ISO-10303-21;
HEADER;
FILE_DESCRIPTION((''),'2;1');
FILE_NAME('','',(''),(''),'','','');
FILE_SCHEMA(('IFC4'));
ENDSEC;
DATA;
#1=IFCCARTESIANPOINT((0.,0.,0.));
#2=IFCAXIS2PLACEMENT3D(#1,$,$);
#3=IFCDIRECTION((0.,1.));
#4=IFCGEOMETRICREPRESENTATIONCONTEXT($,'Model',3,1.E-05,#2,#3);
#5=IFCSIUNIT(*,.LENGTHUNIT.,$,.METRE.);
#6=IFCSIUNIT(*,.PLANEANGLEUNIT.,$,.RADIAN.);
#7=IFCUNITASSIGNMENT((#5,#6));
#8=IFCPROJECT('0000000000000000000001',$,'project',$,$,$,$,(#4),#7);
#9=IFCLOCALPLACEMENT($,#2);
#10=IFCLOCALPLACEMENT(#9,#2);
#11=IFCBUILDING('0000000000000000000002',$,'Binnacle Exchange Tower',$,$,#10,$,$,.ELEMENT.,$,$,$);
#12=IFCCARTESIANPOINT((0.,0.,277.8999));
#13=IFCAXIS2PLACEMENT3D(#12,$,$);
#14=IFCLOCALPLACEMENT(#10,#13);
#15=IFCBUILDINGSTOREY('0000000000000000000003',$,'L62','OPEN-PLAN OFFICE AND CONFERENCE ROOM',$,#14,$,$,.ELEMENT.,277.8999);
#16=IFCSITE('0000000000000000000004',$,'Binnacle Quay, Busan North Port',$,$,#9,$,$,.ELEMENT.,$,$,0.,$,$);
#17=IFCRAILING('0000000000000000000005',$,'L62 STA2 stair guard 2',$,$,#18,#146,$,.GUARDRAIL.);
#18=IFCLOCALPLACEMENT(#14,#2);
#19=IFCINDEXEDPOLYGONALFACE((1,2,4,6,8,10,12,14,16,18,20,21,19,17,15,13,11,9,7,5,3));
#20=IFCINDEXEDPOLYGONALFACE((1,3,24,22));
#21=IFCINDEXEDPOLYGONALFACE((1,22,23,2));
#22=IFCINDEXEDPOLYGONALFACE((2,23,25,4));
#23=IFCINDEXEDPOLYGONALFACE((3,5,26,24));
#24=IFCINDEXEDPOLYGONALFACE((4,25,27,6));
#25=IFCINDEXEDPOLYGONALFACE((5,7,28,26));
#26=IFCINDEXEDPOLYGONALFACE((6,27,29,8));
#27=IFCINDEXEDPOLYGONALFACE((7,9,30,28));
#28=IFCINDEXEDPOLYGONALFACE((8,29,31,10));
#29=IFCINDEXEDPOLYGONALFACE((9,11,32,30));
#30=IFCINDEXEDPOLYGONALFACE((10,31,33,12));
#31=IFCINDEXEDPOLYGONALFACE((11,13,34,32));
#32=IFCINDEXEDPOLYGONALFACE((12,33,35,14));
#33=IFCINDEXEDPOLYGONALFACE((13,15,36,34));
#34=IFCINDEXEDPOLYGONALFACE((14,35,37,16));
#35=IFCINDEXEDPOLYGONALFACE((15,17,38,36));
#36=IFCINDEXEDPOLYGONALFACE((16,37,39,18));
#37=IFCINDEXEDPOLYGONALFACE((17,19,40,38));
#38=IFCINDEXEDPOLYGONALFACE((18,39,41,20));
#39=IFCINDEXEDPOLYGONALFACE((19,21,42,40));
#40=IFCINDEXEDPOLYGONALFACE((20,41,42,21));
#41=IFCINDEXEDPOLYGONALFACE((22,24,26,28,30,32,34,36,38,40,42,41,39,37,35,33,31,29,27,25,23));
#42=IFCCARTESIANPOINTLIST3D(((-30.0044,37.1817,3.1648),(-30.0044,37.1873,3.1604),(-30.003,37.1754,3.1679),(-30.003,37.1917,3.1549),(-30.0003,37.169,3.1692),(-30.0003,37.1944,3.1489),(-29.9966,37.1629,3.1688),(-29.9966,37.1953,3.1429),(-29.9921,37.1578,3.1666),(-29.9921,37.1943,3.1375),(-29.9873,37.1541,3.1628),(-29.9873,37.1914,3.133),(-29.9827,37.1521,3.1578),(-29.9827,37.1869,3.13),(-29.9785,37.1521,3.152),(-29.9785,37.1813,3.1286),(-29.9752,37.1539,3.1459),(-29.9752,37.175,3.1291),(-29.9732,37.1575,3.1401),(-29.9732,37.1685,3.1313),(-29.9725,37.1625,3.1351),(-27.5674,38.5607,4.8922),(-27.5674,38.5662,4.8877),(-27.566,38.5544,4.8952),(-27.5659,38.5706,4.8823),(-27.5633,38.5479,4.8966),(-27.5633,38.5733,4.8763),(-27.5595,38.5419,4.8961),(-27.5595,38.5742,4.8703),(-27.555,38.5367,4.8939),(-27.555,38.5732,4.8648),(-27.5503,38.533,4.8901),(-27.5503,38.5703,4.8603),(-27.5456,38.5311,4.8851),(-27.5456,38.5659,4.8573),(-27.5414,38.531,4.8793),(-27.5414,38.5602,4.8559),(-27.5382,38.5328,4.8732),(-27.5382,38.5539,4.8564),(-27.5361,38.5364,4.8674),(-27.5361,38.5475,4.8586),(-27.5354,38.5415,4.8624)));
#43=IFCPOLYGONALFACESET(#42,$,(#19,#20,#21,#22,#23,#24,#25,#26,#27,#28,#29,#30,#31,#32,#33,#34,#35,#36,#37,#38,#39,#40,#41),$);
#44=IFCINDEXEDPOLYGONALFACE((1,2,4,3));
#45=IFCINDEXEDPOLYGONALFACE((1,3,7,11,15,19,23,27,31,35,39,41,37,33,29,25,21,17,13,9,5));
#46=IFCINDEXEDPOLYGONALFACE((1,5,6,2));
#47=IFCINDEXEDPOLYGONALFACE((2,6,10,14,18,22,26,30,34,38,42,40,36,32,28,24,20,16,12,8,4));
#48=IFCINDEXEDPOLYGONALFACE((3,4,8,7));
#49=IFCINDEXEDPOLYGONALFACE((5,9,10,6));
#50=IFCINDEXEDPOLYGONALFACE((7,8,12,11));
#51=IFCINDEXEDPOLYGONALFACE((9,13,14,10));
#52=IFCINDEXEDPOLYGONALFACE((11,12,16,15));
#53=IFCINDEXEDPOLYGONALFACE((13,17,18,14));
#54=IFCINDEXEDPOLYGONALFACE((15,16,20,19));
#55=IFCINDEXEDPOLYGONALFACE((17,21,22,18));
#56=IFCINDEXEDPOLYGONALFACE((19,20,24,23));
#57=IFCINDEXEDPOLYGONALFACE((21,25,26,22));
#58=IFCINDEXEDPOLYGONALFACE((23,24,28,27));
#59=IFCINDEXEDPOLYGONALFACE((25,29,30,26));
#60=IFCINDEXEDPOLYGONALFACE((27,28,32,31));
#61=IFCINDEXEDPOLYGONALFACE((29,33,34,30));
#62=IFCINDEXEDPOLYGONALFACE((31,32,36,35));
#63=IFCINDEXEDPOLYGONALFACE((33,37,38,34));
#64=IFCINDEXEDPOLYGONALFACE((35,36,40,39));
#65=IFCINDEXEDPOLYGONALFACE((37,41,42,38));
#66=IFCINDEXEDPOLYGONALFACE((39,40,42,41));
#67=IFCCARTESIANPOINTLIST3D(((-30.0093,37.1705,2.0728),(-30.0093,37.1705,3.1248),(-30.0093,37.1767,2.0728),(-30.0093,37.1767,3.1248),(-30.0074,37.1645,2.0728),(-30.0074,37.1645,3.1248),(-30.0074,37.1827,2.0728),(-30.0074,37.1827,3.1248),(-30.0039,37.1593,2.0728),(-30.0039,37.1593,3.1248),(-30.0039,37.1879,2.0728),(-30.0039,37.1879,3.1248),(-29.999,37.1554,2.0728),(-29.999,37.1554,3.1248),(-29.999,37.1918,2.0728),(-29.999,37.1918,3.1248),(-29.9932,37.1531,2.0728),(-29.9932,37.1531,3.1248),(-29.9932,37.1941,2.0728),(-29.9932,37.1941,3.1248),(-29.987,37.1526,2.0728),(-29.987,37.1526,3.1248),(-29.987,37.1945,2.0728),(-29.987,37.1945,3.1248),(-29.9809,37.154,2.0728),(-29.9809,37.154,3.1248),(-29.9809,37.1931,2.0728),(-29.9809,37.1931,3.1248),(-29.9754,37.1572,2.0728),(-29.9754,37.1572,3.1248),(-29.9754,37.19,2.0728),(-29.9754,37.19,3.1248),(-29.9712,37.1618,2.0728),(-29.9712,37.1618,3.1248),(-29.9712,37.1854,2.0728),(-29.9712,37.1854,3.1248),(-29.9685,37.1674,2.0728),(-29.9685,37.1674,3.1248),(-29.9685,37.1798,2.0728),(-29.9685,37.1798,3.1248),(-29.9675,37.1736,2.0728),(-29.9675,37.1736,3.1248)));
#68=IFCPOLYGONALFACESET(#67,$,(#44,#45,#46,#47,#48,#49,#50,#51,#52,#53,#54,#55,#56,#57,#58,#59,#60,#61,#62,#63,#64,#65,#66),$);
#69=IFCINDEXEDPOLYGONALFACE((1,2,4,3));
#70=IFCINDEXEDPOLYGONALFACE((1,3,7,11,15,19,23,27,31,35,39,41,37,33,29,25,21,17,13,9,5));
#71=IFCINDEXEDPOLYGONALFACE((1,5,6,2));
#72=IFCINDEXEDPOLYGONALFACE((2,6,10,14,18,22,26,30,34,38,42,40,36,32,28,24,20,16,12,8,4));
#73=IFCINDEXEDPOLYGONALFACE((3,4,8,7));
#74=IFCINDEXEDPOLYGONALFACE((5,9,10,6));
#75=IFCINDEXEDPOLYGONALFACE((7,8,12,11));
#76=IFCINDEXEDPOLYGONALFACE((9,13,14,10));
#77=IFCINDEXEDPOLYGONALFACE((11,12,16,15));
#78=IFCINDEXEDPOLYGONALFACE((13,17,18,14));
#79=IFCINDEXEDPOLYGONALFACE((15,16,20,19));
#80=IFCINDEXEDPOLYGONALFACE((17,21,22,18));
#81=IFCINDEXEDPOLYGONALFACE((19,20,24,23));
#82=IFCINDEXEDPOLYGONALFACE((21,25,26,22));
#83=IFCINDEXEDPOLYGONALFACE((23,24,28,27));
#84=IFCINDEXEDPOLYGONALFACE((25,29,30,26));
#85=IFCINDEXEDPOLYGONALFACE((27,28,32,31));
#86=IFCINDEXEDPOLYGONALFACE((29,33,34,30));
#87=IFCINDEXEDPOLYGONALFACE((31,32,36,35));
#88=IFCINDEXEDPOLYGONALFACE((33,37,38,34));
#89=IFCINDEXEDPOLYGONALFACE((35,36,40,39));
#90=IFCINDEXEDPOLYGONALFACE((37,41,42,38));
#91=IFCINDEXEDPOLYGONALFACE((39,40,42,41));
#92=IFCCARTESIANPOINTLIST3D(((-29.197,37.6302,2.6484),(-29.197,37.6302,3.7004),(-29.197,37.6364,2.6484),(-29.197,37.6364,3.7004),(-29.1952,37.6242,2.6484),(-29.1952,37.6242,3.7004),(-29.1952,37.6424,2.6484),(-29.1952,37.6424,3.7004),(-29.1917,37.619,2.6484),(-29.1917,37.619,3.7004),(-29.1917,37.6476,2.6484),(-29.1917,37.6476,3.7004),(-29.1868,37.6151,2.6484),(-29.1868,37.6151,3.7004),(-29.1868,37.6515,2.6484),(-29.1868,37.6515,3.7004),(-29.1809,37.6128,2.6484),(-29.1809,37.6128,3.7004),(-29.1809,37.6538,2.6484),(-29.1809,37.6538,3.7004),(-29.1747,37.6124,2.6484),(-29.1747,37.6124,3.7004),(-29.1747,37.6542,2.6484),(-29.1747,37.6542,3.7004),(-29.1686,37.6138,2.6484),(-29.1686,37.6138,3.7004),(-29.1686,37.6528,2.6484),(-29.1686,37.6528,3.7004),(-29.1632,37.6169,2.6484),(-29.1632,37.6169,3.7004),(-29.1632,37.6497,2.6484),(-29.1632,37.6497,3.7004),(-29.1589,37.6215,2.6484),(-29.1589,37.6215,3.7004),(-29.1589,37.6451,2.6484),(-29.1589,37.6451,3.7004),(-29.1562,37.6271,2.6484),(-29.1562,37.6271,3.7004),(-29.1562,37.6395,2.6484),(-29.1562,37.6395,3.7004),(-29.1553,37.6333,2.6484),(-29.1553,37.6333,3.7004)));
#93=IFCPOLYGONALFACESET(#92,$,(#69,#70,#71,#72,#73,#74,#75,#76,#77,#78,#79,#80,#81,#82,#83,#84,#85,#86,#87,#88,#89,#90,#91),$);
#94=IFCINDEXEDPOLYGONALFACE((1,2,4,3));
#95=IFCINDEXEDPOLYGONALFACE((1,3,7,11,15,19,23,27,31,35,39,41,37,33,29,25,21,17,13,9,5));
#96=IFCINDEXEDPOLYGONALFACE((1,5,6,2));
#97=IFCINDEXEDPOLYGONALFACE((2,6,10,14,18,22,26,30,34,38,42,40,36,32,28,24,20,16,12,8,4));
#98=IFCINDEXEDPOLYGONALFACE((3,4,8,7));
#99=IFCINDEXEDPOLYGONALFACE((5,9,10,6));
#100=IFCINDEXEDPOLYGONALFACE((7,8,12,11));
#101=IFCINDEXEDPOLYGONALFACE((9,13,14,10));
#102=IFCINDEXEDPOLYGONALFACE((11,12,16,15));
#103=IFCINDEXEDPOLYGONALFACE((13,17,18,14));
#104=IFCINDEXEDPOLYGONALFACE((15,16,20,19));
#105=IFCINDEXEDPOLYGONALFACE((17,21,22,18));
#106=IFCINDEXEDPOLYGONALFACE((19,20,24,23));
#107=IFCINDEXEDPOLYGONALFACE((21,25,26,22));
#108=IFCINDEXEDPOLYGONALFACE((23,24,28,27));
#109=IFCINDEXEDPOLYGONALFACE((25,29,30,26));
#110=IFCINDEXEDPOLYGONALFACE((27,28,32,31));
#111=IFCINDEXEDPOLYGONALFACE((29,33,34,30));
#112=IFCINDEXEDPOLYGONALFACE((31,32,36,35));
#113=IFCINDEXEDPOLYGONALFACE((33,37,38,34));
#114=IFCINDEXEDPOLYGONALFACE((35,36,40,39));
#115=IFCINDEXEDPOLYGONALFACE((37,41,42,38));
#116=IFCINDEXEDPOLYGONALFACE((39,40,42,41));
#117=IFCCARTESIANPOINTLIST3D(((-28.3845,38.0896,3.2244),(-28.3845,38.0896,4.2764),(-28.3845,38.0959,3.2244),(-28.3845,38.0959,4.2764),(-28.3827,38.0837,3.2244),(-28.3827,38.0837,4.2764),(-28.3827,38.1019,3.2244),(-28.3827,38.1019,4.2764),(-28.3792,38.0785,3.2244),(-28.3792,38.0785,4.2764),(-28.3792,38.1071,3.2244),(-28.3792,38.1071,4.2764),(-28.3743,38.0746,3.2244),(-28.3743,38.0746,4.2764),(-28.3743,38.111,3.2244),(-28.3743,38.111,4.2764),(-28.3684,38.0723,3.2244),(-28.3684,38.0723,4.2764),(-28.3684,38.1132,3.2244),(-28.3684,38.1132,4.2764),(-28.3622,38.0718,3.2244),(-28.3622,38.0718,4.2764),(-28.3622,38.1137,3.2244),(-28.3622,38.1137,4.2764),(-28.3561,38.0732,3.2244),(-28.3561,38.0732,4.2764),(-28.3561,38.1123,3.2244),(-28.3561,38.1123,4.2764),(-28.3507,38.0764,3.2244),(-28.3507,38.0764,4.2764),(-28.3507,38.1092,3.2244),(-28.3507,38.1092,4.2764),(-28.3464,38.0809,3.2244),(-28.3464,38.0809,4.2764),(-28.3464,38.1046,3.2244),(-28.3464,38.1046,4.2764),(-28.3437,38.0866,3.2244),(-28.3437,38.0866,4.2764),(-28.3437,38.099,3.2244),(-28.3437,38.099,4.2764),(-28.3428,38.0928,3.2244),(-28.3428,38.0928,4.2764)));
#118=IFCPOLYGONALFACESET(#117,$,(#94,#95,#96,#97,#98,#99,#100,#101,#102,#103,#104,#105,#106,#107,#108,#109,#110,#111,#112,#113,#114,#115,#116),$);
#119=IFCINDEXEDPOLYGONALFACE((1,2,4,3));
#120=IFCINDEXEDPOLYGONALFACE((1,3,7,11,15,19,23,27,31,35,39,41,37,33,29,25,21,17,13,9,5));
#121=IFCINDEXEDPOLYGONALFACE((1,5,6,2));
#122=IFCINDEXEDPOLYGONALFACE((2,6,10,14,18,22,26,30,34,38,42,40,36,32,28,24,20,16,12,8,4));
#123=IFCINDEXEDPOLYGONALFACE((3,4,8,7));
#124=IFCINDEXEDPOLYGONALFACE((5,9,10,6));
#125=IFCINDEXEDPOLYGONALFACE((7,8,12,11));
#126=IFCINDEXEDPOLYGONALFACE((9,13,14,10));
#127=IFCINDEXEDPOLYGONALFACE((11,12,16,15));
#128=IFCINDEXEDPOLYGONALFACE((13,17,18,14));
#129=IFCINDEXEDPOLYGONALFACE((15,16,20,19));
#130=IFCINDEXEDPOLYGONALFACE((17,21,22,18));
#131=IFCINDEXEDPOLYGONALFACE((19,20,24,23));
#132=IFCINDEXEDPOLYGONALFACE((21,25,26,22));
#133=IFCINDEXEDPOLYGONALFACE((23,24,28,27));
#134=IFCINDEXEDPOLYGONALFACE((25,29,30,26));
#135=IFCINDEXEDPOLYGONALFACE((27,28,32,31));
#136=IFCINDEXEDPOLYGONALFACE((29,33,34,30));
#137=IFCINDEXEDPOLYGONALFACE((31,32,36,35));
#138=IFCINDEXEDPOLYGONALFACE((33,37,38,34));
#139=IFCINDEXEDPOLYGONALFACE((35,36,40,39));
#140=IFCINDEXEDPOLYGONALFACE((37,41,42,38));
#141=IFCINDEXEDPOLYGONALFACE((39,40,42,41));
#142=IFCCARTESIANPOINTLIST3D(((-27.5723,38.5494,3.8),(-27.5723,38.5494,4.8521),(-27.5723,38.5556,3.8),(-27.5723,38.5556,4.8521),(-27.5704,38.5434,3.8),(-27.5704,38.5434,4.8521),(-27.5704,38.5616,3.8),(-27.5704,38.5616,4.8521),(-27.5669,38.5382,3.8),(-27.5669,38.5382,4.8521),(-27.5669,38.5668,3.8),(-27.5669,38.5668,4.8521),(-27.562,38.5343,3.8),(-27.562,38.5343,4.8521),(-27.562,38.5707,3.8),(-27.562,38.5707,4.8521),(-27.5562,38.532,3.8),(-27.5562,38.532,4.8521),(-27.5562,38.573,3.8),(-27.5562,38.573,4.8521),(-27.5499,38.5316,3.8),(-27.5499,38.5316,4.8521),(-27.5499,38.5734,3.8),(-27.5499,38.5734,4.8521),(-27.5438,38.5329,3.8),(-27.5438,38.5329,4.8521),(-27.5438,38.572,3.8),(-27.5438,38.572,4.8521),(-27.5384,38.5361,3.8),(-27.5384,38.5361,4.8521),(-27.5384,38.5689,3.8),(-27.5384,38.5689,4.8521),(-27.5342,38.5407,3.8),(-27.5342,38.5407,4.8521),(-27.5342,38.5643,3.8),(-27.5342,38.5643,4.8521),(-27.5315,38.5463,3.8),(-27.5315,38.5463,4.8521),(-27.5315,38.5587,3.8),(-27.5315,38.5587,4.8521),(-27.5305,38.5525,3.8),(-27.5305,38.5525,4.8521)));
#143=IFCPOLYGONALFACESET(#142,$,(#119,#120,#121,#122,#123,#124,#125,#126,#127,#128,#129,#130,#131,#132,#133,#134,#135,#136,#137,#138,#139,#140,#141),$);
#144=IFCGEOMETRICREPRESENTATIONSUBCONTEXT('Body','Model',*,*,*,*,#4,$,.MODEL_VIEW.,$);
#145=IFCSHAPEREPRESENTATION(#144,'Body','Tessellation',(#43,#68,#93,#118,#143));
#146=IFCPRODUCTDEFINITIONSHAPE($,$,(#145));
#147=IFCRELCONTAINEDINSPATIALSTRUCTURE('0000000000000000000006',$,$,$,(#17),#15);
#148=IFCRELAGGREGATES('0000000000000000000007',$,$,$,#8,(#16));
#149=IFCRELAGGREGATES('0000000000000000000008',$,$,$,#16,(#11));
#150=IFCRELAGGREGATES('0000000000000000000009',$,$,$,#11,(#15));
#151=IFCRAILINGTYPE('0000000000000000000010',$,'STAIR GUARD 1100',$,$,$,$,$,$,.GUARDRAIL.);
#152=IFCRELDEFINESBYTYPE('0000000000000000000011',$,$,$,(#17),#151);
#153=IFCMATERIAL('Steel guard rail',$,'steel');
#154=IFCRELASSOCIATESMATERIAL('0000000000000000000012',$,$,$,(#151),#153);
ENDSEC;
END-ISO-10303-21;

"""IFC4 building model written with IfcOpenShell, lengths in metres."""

from ifc_helpers import new_model, si_unit, direction, frame, origin, origin_2d, place, context, subcontext, project, spatial, circle, extrude, material, type_object, element, save


model = new_model("IFC4")

# Units and contexts
model_context = context("Model", 3, precision=1e-05, world=origin(), true_north=direction((0.0, 1.0)))
body_context = subcontext(model_context, "Body", "Model", "MODEL_VIEW")
ifc_project = project(units=[si_unit("LENGTHUNIT", "METRE"), si_unit("PLANEANGLEUNIT", "RADIAN")], contexts=[model_context])

# Site, building, storey
site_placement = place(None, origin())
site = spatial("IfcSite", under=ifc_project, at=site_placement, Name="Binnacle Quay, Busan North Port", CompositionType="ELEMENT", RefElevation=0.0)
building_placement = place(site_placement, origin())
building = spatial("IfcBuilding", under=site, at=building_placement, Name="Binnacle Exchange Tower", CompositionType="ELEMENT")
storey_placement = place(building_placement, frame((0.0, 0.0, 277.8999)))
storey = spatial("IfcBuildingStorey", under=building, at=storey_placement, Name="L62", Description="OPEN-PLAN OFFICE AND CONFERENCE ROOM", CompositionType="ELEMENT", Elevation=277.8999)

# Railing
ifc_material_1 = material(Name="Steel guard rail", Category="steel")
railing_type_1 = type_object("IfcRailingType", Name="STAIR GUARD 1100", PredefinedType="GUARDRAIL", material=ifc_material_1)
railing_1_placement = place(storey_placement, frame((-29.9885, 37.1736, 2.0728)))
element("IfcRailing", 1, at=railing_1_placement, inside=storey, type_object=railing_type_1, Name="L62 STA2 stair guard 2", PredefinedType="GUARDRAIL", context=body_context, shape_type="SweptSolid", body=[
    extrude(circle(Radius=0.0239, at=origin_2d()), frame((0.0, 0.0, 1.0762), z_axis=(0.740738, 0.419123, 0.525017), x_axis=(-0.492454, 0.870339, 0.0)), (0.0, 0.0, 1.0), 3.29),
    extrude(circle(Radius=0.021, at=origin_2d()), origin(), (0.0, 0.0, 1.0), 1.052),
    extrude(circle(Radius=0.021, at=origin_2d()), frame((0.8123, 0.4597, 0.5757)), (0.0, 0.0, 1.0), 1.052),
    extrude(circle(Radius=0.021, at=origin_2d()), frame((1.6248, 0.9192, 1.1516)), (0.0, 0.0, 1.0), 1.052),
    extrude(circle(Radius=0.021, at=origin_2d()), frame((2.437, 1.3789, 1.7273)), (0.0, 0.0, 1.0), 1.052),
])

save(model, "model.ifc")
